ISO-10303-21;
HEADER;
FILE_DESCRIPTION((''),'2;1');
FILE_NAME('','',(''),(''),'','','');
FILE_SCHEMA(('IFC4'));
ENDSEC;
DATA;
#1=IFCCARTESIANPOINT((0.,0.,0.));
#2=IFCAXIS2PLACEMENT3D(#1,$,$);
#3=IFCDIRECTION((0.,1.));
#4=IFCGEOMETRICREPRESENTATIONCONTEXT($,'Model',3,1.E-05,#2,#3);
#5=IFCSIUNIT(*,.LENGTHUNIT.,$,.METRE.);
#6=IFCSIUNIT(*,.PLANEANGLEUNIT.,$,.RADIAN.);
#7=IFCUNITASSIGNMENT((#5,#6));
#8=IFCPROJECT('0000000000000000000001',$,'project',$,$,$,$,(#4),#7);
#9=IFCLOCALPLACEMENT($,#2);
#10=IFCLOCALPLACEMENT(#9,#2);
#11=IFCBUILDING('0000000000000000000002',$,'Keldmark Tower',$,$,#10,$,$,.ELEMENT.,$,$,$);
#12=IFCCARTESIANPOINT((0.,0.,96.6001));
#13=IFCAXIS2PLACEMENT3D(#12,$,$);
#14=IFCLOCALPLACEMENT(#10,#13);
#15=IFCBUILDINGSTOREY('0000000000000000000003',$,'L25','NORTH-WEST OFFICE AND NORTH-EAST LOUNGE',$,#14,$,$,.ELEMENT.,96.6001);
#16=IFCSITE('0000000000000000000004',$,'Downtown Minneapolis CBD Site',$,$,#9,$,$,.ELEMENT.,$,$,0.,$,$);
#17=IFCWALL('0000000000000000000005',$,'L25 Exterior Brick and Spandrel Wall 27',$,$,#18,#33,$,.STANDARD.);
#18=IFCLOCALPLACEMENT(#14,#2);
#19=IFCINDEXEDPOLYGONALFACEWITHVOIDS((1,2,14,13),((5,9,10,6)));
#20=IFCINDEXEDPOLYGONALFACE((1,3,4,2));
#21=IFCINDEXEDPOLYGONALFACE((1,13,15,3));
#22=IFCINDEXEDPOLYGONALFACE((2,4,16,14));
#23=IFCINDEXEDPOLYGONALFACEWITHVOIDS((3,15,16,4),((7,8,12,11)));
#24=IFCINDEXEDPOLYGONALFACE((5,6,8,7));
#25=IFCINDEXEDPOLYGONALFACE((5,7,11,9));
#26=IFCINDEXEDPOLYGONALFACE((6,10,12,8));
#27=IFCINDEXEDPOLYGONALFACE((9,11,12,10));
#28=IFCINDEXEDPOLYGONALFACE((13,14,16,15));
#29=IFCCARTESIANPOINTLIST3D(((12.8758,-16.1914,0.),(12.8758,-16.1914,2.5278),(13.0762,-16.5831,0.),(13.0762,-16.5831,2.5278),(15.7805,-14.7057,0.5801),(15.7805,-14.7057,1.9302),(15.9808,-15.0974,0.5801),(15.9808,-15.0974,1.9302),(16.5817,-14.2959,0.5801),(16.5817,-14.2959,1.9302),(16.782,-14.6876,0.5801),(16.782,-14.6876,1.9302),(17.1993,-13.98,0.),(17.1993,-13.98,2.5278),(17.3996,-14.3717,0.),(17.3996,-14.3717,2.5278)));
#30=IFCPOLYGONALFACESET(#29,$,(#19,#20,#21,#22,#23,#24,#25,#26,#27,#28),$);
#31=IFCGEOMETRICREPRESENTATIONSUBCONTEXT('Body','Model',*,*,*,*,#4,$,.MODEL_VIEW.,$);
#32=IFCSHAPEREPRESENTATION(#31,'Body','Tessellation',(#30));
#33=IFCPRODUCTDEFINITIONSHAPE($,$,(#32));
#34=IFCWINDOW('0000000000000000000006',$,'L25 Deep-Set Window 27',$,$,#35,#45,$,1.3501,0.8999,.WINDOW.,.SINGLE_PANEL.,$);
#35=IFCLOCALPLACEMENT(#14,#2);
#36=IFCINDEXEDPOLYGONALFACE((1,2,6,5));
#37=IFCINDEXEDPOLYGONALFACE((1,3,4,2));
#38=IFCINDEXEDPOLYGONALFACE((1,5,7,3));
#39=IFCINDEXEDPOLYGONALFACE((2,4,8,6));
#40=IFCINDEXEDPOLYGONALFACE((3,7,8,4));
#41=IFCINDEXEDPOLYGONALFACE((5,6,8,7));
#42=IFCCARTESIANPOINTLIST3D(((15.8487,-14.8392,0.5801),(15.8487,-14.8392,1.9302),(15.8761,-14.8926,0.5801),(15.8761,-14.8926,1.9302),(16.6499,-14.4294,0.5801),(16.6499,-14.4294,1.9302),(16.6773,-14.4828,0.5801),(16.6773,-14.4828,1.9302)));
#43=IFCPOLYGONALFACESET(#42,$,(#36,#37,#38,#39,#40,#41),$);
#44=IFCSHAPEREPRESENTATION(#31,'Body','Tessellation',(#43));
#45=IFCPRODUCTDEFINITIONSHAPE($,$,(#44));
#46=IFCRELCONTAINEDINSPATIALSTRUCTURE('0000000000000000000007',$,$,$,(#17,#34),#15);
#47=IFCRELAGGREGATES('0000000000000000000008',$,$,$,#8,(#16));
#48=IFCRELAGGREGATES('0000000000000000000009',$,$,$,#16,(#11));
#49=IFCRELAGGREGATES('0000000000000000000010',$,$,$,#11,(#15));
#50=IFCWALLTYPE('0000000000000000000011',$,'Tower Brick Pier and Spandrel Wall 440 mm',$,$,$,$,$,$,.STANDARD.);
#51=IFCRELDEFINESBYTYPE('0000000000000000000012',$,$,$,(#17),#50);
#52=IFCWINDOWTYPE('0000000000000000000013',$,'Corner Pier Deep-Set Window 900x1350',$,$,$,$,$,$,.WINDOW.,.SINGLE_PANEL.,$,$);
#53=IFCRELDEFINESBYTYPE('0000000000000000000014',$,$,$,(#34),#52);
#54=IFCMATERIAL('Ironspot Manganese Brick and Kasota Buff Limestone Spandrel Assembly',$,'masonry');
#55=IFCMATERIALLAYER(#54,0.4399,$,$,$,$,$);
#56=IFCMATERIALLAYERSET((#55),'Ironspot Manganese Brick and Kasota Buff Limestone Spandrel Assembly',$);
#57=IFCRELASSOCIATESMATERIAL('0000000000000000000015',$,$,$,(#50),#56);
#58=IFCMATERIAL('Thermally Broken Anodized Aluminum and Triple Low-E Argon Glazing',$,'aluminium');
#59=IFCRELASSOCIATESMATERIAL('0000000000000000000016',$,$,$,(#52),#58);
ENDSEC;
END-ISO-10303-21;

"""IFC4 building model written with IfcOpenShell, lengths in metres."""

from ifc_helpers import new_model, si_unit, direction, frame, frame_2d, origin, place, context, subcontext, project, spatial, rectangle, extrude, material, layer, layer_set, type_object, element, fill, save


model = new_model("IFC4")

# Units and contexts
model_context = context("Model", 3, precision=1e-05, world=origin(), true_north=direction((0.0, 1.0)))
body_context = subcontext(model_context, "Body", "Model", "MODEL_VIEW")
ifc_project = project(units=[si_unit("LENGTHUNIT", "METRE"), si_unit("PLANEANGLEUNIT", "RADIAN")], contexts=[model_context])

# Site, building, storey
site_placement = place(None, origin())
site = spatial("IfcSite", under=ifc_project, at=site_placement, Name="Downtown Minneapolis CBD Site", CompositionType="ELEMENT", RefElevation=0.0)
building_placement = place(site_placement, origin())
building = spatial("IfcBuilding", under=site, at=building_placement, Name="Keldmark Tower", CompositionType="ELEMENT")
storey_placement = place(building_placement, frame((0.0, 0.0, 96.6001)))
storey = spatial("IfcBuildingStorey", under=building, at=storey_placement, Name="L25", Description="NORTH-WEST OFFICE AND NORTH-EAST LOUNGE", CompositionType="ELEMENT", Elevation=96.6001)

# Wall, opening, window
ifc_material_1 = material(Name="Ironspot Manganese Brick and Kasota Buff Limestone Spandrel Assembly", Category="masonry")
ifc_layer_1 = layer(ifc_material_1, 0.4399)
ifc_layer_set_1 = layer_set([ifc_layer_1], Name="Ironspot Manganese Brick and Kasota Buff Limestone Spandrel Assembly")
wall_type_1 = type_object("IfcWallType", Name="Tower Brick Pier and Spandrel Wall 440 mm", PredefinedType="STANDARD", material=ifc_layer_set_1)
wall_1_placement = place(storey_placement, frame((17.2996, -14.1758, 0.0), z_axis=(0.0, 0.0, 1.0), x_axis=(-0.890297, -0.455379, 0.0)))
wall_1 = element("IfcWall", 1, at=wall_1_placement, inside=storey, type_object=wall_type_1, Name="L25 Exterior Brick and Spandrel Wall 27", PredefinedType="STANDARD", context=body_context, shape_type="SweptSolid", body=[
    extrude(rectangle(XDim=4.8562, YDim=0.4399, at=frame_2d((2.4282, 0.0))), origin(), (0.0, 0.0, 1.0), 2.5278),
])
opening_1_placement = place(wall_1_placement, frame((0.6938, 0.0, 0.5801)))
opening_1 = element("IfcOpeningElement", 2, at=opening_1_placement, cuts=wall_1, PredefinedType="OPENING", context=body_context, shape_type="SweptSolid", body=[
    extrude(rectangle(XDim=0.8999, YDim=1.3501, at=frame_2d((0.45, 0.675))), frame((0.0, 0.23, 0.0), z_axis=(0.0, -1.0, 0.0), x_axis=(1.0, 0.0, 0.0)), (0.0, 0.0, 1.0), 0.46),
])
ifc_material_2 = material(Name="Thermally Broken Anodized Aluminum and Triple Low-E Argon Glazing", Category="aluminium")
window_type = type_object("IfcWindowType", Name="Corner Pier Deep-Set Window 900x1350", PartitioningType="SINGLE_PANEL", PredefinedType="WINDOW", material=ifc_material_2)
window_placement = place(opening_1_placement, origin())
window = element("IfcWindow", 3, at=window_placement, inside=storey, type_object=window_type, Name="L25 Deep-Set Window 27", OverallHeight=1.3501, OverallWidth=0.8999, PartitioningType="SINGLE_PANEL", PredefinedType="WINDOW", context=body_context, shape_type="SweptSolid", body=[
    extrude(rectangle(XDim=0.8999, YDim=1.3501, at=frame_2d((0.45, 0.675))), frame((0.0, -0.01, 0.0), z_axis=(0.0, -1.0, 0.0), x_axis=(1.0, 0.0, 0.0)), (0.0, 0.0, 1.0), 0.0601),
])
fill(opening_1, window)

save(model, "model.ifc")
